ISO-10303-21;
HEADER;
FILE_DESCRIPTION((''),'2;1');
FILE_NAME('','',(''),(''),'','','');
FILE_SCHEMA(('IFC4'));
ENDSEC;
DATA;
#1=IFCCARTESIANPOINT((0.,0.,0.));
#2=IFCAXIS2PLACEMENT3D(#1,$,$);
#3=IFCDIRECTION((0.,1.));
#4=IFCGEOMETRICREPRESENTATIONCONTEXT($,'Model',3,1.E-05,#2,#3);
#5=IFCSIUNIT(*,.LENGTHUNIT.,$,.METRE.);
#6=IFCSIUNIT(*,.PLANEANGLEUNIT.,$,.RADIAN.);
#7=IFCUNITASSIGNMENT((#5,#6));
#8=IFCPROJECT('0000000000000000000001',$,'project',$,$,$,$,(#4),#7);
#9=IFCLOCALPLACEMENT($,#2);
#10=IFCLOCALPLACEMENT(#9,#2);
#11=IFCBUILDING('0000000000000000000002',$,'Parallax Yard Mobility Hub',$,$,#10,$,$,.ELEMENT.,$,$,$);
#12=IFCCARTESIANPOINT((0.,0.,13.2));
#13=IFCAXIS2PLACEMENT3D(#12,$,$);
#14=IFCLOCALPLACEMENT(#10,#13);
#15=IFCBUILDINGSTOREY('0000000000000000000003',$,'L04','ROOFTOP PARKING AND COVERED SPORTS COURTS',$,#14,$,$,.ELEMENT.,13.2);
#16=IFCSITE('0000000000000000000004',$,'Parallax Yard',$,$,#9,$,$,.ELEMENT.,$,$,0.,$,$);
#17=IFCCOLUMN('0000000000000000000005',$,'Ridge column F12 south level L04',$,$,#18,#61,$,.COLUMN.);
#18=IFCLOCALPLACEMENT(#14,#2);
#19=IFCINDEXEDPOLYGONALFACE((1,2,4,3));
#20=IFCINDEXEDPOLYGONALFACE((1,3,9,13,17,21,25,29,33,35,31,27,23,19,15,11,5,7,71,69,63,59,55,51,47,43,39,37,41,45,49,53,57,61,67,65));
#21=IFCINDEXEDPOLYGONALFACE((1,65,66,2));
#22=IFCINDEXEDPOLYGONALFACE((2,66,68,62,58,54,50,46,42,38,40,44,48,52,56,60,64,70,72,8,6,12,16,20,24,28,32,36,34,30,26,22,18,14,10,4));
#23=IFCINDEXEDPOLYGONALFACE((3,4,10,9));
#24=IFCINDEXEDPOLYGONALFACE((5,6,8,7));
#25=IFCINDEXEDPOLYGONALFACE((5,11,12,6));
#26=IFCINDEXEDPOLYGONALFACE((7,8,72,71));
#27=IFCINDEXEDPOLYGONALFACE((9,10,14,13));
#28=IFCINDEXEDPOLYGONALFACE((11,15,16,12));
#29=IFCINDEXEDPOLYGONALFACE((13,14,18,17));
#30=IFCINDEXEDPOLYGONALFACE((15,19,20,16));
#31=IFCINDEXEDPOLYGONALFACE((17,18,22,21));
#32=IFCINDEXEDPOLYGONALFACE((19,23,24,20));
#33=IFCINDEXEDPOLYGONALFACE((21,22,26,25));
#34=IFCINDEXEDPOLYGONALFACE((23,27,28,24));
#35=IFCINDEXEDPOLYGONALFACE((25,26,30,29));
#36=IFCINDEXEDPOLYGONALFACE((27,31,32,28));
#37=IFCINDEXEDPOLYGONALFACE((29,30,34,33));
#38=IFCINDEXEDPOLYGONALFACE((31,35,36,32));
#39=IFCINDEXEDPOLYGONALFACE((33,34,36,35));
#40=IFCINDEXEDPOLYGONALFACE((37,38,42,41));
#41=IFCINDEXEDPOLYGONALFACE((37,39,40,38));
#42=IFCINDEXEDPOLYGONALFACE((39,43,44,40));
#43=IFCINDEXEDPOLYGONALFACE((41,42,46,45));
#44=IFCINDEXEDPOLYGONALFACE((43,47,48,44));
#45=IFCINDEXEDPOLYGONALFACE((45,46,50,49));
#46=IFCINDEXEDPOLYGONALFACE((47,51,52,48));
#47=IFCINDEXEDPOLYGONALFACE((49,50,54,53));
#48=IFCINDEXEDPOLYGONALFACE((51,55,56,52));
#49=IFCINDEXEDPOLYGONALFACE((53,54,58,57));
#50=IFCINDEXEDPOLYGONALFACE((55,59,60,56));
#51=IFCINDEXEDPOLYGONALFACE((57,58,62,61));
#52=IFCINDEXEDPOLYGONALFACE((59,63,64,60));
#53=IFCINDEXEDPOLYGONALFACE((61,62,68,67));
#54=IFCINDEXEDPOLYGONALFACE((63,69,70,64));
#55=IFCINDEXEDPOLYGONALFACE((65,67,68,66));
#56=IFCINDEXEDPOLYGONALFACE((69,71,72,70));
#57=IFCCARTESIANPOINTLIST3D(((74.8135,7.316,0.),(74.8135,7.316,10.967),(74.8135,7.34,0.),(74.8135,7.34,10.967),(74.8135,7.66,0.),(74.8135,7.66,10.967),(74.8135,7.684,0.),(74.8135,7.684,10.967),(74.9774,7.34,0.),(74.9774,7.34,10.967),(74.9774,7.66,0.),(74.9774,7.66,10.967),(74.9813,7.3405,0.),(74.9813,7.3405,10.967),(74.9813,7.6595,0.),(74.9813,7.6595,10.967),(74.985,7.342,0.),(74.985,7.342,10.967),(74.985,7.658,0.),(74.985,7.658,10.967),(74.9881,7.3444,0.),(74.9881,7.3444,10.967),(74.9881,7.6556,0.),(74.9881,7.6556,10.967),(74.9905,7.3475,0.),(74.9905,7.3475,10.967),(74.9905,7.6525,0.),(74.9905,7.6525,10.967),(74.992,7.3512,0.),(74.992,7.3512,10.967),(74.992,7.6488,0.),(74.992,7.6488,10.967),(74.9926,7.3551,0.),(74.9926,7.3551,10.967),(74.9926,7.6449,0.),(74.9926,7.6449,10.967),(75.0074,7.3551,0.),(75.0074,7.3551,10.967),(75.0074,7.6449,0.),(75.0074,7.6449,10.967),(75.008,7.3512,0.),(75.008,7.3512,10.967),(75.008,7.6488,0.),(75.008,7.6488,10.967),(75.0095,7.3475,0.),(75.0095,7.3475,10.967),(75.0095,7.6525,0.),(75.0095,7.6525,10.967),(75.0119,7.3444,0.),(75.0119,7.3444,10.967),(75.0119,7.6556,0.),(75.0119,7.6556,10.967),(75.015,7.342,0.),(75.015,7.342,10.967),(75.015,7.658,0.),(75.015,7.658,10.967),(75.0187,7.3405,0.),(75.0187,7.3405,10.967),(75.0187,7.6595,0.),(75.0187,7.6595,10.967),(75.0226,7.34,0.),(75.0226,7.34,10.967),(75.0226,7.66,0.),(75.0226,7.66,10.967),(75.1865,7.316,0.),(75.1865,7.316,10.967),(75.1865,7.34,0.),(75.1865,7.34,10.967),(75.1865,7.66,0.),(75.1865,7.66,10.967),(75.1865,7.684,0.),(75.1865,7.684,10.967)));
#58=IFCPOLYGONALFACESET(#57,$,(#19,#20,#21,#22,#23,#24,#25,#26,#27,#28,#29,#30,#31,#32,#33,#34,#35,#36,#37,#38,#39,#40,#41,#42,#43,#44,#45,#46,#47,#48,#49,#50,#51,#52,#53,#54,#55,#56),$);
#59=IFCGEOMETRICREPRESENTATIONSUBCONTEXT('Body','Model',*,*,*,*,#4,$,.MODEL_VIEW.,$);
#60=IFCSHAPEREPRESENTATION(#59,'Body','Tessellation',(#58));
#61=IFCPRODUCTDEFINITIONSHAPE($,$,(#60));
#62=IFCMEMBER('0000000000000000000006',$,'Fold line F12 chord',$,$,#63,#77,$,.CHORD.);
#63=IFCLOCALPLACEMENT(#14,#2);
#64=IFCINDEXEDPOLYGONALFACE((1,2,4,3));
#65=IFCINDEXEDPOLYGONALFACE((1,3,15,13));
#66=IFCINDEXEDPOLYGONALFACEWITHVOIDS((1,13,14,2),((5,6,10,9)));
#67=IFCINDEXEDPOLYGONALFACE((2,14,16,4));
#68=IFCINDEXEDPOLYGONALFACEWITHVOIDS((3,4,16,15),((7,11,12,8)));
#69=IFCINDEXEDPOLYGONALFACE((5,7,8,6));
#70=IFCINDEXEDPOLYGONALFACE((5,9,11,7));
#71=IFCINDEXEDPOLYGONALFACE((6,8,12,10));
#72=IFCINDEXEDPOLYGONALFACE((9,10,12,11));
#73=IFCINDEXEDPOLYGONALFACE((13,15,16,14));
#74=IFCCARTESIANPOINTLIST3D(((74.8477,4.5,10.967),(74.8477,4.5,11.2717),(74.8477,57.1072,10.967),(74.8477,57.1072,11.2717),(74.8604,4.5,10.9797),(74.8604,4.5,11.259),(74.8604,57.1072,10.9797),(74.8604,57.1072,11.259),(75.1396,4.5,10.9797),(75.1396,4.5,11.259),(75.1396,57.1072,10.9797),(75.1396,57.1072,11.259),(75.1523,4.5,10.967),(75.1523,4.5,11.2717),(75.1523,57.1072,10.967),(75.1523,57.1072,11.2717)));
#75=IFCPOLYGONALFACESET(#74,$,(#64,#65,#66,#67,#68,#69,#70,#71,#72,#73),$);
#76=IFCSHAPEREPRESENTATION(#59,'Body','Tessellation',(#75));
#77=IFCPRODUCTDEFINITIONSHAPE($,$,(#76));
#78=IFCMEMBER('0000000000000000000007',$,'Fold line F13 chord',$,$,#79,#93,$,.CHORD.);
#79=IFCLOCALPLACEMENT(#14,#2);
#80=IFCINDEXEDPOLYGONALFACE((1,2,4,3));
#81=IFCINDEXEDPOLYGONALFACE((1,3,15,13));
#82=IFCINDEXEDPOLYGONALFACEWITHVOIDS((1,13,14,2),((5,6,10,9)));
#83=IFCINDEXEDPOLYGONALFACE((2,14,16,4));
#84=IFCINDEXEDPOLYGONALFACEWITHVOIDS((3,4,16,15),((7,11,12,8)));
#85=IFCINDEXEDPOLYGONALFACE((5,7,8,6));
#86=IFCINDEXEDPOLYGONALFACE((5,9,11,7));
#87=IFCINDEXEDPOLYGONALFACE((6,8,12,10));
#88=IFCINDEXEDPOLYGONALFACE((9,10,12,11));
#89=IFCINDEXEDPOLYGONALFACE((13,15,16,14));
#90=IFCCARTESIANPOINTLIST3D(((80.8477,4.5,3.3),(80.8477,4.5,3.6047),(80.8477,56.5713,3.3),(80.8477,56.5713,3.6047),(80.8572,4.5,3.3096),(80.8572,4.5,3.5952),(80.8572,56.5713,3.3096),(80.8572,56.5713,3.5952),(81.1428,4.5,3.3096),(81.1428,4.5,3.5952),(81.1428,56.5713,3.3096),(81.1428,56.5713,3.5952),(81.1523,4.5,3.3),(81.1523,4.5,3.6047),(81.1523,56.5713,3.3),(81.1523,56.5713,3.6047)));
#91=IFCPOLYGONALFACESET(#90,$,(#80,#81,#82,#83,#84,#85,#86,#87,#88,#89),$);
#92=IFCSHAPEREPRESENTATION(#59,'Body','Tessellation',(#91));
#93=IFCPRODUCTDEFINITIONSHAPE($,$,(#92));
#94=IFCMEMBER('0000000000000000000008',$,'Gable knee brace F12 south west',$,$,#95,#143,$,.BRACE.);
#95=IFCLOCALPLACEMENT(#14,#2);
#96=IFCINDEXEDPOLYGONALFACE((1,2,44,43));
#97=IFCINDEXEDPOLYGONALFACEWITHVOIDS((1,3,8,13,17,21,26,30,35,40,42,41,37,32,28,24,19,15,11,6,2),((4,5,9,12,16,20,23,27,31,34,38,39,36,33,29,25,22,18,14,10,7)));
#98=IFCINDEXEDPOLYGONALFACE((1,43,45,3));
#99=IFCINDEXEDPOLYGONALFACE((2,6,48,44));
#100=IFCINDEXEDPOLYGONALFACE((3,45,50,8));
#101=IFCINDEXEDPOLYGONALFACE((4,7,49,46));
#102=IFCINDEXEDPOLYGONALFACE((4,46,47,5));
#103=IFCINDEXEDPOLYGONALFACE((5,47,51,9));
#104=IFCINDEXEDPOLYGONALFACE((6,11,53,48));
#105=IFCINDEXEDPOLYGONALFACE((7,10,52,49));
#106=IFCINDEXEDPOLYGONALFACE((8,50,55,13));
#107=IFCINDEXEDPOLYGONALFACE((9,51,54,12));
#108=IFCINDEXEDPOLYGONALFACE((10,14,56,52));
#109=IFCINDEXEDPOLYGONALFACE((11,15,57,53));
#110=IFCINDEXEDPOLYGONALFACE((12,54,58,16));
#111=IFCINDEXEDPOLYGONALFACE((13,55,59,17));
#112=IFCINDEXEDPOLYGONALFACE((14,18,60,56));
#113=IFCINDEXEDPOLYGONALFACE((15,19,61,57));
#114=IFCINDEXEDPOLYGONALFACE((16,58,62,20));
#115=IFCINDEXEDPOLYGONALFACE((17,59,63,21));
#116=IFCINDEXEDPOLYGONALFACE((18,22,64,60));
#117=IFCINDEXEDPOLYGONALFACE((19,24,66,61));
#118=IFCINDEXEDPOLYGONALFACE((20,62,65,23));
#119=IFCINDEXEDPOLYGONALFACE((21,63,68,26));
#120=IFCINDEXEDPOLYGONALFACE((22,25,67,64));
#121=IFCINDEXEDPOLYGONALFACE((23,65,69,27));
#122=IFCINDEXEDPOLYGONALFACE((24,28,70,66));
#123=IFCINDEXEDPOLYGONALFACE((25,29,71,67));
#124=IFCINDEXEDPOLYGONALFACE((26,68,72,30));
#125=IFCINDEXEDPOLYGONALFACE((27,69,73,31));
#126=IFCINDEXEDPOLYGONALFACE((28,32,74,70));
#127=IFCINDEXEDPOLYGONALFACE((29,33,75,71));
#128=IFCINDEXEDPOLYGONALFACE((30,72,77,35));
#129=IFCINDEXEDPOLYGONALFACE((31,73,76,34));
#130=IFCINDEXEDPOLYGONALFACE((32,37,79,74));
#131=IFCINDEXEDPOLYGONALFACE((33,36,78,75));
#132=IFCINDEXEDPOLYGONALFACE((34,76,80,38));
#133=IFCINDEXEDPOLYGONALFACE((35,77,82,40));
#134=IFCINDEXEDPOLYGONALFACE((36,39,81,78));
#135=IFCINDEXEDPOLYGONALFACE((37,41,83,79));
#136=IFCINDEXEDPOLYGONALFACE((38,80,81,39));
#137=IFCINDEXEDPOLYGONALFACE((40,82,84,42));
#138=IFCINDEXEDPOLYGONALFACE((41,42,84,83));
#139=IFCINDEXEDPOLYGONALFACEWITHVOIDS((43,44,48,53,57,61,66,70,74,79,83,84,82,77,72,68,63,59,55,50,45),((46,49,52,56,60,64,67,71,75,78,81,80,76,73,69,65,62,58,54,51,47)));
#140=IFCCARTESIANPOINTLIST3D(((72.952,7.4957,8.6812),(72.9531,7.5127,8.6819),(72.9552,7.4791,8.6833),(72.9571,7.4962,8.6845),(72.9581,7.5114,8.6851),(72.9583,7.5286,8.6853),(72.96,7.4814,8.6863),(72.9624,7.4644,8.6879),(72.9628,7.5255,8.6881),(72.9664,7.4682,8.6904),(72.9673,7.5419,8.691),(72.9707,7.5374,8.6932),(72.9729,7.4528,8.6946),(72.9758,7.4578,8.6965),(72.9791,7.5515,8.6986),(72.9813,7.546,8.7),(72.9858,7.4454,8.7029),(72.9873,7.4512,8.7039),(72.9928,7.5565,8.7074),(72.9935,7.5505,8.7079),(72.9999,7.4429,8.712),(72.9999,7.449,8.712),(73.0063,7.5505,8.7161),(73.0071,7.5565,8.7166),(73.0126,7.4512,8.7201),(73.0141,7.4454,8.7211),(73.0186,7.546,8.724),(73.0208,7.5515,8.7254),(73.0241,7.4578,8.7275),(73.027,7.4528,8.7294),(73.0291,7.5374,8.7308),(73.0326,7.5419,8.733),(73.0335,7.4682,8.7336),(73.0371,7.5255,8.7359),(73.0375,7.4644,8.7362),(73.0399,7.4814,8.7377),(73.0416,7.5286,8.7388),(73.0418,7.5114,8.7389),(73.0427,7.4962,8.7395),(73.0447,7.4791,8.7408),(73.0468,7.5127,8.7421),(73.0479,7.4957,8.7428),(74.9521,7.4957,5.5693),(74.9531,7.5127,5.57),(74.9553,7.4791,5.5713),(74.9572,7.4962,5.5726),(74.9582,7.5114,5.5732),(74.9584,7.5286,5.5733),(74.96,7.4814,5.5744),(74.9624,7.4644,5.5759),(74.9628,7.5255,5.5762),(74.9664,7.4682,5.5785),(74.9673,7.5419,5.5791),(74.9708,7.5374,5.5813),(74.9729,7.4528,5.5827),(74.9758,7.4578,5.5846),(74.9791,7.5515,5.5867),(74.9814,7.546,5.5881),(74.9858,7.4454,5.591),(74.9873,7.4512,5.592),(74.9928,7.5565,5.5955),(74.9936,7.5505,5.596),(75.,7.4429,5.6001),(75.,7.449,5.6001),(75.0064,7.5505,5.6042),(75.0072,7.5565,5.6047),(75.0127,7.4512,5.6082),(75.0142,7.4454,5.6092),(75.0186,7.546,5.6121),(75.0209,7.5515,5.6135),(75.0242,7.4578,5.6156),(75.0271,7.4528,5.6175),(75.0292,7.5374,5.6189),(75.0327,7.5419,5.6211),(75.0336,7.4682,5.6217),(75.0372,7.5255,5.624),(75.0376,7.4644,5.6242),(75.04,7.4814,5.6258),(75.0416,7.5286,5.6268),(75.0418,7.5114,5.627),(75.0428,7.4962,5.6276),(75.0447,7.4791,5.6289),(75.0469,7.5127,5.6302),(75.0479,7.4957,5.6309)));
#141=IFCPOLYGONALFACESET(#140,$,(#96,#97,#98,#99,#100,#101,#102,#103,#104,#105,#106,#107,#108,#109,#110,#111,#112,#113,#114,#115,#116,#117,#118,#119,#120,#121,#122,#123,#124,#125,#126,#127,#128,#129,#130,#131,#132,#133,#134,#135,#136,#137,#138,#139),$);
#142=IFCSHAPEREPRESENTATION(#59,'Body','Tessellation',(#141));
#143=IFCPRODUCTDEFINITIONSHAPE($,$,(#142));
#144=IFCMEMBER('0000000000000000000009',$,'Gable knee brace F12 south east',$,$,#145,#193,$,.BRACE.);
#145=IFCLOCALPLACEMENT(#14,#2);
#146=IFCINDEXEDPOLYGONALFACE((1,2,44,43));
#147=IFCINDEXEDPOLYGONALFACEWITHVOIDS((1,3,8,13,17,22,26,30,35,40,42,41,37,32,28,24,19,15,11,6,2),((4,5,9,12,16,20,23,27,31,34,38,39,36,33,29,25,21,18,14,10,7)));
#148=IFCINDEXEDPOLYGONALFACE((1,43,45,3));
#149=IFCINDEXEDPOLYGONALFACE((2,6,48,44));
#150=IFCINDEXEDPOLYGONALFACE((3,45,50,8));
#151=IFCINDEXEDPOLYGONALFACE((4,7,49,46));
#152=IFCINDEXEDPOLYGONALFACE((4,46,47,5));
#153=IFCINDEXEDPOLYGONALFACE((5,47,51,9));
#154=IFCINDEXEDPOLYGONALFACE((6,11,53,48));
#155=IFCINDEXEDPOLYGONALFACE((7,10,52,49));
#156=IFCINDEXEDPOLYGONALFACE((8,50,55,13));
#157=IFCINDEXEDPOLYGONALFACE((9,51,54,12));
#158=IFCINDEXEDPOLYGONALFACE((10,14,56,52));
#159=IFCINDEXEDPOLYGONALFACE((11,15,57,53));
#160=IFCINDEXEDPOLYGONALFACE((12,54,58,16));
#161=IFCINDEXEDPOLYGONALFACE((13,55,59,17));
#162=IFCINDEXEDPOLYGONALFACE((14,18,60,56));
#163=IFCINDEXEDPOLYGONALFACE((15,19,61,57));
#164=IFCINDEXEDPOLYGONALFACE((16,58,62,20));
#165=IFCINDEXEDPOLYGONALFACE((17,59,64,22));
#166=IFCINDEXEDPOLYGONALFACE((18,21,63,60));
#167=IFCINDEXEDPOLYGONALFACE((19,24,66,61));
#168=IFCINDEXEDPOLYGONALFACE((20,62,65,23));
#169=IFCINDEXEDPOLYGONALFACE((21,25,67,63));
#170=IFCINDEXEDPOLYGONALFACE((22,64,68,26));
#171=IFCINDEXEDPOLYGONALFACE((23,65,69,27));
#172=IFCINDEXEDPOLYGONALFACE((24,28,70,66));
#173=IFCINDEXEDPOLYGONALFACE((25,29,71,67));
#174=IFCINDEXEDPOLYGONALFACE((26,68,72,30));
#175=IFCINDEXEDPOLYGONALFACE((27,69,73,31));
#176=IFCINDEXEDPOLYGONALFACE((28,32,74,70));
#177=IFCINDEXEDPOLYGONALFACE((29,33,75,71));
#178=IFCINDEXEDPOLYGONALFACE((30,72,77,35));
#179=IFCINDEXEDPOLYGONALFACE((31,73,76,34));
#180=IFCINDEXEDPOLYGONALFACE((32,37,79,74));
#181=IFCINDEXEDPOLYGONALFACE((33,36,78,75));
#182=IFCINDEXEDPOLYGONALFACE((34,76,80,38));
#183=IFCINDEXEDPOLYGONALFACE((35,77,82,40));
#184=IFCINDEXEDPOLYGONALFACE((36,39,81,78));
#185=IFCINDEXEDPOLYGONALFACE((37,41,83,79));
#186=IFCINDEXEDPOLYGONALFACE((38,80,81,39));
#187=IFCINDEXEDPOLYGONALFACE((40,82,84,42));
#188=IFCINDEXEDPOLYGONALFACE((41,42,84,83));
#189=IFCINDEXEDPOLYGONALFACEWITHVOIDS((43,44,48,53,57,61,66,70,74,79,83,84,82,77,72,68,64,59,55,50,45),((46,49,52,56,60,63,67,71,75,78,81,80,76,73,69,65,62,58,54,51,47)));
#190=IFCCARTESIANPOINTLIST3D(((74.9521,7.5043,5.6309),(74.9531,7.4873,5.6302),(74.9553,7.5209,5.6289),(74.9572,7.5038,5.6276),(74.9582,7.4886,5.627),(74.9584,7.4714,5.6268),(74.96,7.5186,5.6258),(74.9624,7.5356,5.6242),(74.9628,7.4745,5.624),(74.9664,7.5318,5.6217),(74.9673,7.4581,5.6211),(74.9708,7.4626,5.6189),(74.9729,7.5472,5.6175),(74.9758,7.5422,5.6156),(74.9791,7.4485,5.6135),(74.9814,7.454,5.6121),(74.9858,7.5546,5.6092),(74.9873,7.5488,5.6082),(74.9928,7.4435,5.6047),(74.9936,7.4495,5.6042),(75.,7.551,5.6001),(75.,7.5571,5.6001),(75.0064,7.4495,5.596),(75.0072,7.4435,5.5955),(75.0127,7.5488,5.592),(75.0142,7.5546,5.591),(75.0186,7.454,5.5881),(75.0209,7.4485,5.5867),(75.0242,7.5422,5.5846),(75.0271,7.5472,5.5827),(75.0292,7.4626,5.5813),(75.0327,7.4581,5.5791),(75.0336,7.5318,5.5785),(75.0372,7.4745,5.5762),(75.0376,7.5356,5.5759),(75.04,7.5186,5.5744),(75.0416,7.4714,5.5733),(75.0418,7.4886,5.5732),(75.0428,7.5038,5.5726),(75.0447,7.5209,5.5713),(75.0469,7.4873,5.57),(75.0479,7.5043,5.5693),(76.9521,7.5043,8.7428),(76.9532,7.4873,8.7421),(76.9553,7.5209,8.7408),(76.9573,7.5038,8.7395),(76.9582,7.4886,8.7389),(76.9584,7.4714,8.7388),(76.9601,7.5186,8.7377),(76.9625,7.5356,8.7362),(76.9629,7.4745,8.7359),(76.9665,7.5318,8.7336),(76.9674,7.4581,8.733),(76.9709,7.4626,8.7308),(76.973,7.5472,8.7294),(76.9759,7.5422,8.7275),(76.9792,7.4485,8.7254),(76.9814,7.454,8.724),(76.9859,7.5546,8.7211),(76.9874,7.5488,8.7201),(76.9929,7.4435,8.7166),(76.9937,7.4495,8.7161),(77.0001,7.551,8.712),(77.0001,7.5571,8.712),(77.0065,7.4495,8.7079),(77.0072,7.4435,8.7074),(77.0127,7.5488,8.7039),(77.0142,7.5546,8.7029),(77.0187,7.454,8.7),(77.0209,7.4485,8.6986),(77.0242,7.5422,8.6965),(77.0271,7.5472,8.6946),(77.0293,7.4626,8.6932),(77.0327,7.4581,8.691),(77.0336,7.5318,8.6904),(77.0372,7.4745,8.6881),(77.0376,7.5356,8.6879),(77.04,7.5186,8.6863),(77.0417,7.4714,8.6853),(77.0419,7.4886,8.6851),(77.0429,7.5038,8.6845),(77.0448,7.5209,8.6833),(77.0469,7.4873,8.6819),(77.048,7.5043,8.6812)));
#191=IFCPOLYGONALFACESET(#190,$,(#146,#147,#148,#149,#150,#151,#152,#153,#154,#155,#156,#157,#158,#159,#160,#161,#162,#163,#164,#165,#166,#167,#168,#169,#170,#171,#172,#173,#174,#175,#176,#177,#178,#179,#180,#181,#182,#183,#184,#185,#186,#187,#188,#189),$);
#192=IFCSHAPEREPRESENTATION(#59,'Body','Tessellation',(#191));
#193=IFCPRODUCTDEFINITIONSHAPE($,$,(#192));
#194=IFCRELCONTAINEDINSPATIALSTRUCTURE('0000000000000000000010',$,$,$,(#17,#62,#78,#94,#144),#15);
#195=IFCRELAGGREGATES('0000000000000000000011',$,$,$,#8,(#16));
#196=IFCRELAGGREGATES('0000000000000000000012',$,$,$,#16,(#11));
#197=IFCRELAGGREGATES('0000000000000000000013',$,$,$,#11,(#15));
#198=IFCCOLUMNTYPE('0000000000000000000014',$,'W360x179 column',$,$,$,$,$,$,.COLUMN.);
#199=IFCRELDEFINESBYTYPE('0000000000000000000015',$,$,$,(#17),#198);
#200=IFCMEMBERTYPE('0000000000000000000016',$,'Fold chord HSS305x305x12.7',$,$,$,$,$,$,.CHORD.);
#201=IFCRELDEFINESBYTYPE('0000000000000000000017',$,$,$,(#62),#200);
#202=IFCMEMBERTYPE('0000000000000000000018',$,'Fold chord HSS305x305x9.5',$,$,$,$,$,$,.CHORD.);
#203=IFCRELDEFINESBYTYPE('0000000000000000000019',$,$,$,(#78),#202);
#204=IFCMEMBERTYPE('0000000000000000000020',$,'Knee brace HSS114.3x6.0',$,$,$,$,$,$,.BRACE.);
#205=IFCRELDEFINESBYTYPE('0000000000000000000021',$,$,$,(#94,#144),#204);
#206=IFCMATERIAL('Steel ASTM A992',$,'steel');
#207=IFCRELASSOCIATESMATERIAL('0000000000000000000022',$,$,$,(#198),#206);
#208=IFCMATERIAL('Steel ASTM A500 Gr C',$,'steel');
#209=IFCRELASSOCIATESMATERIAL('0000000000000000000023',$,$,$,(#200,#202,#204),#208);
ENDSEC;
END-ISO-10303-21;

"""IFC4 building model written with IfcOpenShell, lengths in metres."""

from ifc_helpers import new_model, si_unit, direction, frame, origin, origin_2d, place, context, subcontext, project, spatial, hollow_rectangle, hollow_circle, i_section, extrude, material, material_profile, profile_set, type_object, element, save


model = new_model("IFC4")

# Units and contexts
model_context = context("Model", 3, precision=1e-05, world=origin(), true_north=direction((0.0, 1.0)))
body_context = subcontext(model_context, "Body", "Model", "MODEL_VIEW")
ifc_project = project(units=[si_unit("LENGTHUNIT", "METRE"), si_unit("PLANEANGLEUNIT", "RADIAN")], contexts=[model_context])

# Site, building, storey
site_placement = place(None, origin())
site = spatial("IfcSite", under=ifc_project, at=site_placement, Name="Parallax Yard", CompositionType="ELEMENT", RefElevation=0.0)
building_placement = place(site_placement, origin())
building = spatial("IfcBuilding", under=site, at=building_placement, Name="Parallax Yard Mobility Hub", CompositionType="ELEMENT")
storey_placement = place(building_placement, frame((0.0, 0.0, 13.2)))
storey = spatial("IfcBuildingStorey", under=building, at=storey_placement, Name="L04", Description="ROOFTOP PARKING AND COVERED SPORTS COURTS", CompositionType="ELEMENT", Elevation=13.2)

# Column
ifc_material_1 = material(Name="Steel ASTM A992", Category="steel")
ifc_material_profile_1 = material_profile(ifc_material_1, i_section(OverallWidth=0.373, OverallDepth=0.3679, WebThickness=0.0149, FlangeThickness=0.0239, FilletRadius=0.0151, at=origin_2d()), Name="W360x179")
ifc_profile_set_1 = profile_set([ifc_material_profile_1], Name="Steel ASTM A992")
column_type = type_object("IfcColumnType", Name="W360x179 column", PredefinedType="COLUMN", material=ifc_profile_set_1)
column_placement = place(storey_placement, frame((75.0, 7.5, 0.0), z_axis=(0.0, 0.0, 1.0), x_axis=(1.0, 0.0, 0.0)))
element("IfcColumn", 1, at=column_placement, inside=storey, type_object=column_type, Name="Ridge column F12 south level L04", PredefinedType="COLUMN", context=body_context, shape_type="SweptSolid", body=[
    extrude(i_section(OverallWidth=0.373, OverallDepth=0.3679, WebThickness=0.0149, FlangeThickness=0.0239, FilletRadius=0.0151, at=origin_2d()), origin(), (0.0, 0.0, 1.0), 10.967),
])

# Members
ifc_material_2 = material(Name="Steel ASTM A500 Gr C", Category="steel")
ifc_material_profile_2 = material_profile(ifc_material_2, hollow_rectangle(XDim=0.3047, YDim=0.3047, WallThickness=0.0127, at=origin_2d()), Name="HSS305x305x12.7")
ifc_profile_set_2 = profile_set([ifc_material_profile_2], Name="Steel ASTM A500 Gr C")
member_type_1 = type_object("IfcMemberType", Name="Fold chord HSS305x305x12.7", PredefinedType="CHORD", material=ifc_profile_set_2)
member_1_placement = place(storey_placement, frame((75.0, 4.5, 11.1194), z_axis=(0.0, 1.0, 0.0), x_axis=(-1.0, 0.0, 0.0)))
element("IfcMember", 2, at=member_1_placement, inside=storey, type_object=member_type_1, Name="Fold line F12 chord", PredefinedType="CHORD", context=body_context, shape_type="SweptSolid", body=[
    extrude(hollow_rectangle(XDim=0.3047, YDim=0.3047, WallThickness=0.0127, at=origin_2d()), origin(), (0.0, 0.0, 1.0), 52.6072),
])
ifc_material_profile_3 = material_profile(ifc_material_2, hollow_rectangle(XDim=0.3047, YDim=0.3047, WallThickness=0.0095, at=origin_2d()), Name="HSS305x305x9.5")
ifc_profile_set_3 = profile_set([ifc_material_profile_3], Name="Steel ASTM A500 Gr C")
member_type_2 = type_object("IfcMemberType", Name="Fold chord HSS305x305x9.5", PredefinedType="CHORD", material=ifc_profile_set_3)
member_2_placement = place(storey_placement, frame((81.0, 4.5, 3.4524), z_axis=(0.0, 1.0, 0.0), x_axis=(-1.0, 0.0, 0.0)))
element("IfcMember", 3, at=member_2_placement, inside=storey, type_object=member_type_2, Name="Fold line F13 chord", PredefinedType="CHORD", context=body_context, shape_type="SweptSolid", body=[
    extrude(hollow_rectangle(XDim=0.3047, YDim=0.3047, WallThickness=0.0095, at=origin_2d()), origin(), (0.0, 0.0, 1.0), 52.0713),
])
ifc_material_profile_4 = material_profile(ifc_material_2, hollow_circle(Radius=0.0571, WallThickness=0.0061, at=origin_2d()), Name="HSS114.3x6.0")
ifc_profile_set_4 = profile_set([ifc_material_profile_4], Name="Steel ASTM A500 Gr C")
member_type_3 = type_object("IfcMemberType", Name="Knee brace HSS114.3x6.0", PredefinedType="BRACE", material=ifc_profile_set_4)
for number, where, z_axis, x_axis, name in (
    (4, (75.0, 7.5, 5.6001), (-0.540671, 0.0, 0.841234), (0.0, -1.0, 0.0), "Gable knee brace F12 south west"),
    (5, (75.0, 7.5, 5.6001), (0.540671, 0.0, 0.841234), (0.0, 1.0, 0.0), "Gable knee brace F12 south east"),
):
    element("IfcMember", number, at=place(storey_placement, frame(where, z_axis=z_axis, x_axis=x_axis)), inside=storey, type_object=member_type_3, Name=name, PredefinedType="BRACE", context=body_context, shape_type="SweptSolid", body=[
        extrude(hollow_circle(Radius=0.0571, WallThickness=0.0061, at=origin_2d()), origin(), (0.0, 0.0, 1.0), 3.6992),
    ])

save(model, "model.ifc")
